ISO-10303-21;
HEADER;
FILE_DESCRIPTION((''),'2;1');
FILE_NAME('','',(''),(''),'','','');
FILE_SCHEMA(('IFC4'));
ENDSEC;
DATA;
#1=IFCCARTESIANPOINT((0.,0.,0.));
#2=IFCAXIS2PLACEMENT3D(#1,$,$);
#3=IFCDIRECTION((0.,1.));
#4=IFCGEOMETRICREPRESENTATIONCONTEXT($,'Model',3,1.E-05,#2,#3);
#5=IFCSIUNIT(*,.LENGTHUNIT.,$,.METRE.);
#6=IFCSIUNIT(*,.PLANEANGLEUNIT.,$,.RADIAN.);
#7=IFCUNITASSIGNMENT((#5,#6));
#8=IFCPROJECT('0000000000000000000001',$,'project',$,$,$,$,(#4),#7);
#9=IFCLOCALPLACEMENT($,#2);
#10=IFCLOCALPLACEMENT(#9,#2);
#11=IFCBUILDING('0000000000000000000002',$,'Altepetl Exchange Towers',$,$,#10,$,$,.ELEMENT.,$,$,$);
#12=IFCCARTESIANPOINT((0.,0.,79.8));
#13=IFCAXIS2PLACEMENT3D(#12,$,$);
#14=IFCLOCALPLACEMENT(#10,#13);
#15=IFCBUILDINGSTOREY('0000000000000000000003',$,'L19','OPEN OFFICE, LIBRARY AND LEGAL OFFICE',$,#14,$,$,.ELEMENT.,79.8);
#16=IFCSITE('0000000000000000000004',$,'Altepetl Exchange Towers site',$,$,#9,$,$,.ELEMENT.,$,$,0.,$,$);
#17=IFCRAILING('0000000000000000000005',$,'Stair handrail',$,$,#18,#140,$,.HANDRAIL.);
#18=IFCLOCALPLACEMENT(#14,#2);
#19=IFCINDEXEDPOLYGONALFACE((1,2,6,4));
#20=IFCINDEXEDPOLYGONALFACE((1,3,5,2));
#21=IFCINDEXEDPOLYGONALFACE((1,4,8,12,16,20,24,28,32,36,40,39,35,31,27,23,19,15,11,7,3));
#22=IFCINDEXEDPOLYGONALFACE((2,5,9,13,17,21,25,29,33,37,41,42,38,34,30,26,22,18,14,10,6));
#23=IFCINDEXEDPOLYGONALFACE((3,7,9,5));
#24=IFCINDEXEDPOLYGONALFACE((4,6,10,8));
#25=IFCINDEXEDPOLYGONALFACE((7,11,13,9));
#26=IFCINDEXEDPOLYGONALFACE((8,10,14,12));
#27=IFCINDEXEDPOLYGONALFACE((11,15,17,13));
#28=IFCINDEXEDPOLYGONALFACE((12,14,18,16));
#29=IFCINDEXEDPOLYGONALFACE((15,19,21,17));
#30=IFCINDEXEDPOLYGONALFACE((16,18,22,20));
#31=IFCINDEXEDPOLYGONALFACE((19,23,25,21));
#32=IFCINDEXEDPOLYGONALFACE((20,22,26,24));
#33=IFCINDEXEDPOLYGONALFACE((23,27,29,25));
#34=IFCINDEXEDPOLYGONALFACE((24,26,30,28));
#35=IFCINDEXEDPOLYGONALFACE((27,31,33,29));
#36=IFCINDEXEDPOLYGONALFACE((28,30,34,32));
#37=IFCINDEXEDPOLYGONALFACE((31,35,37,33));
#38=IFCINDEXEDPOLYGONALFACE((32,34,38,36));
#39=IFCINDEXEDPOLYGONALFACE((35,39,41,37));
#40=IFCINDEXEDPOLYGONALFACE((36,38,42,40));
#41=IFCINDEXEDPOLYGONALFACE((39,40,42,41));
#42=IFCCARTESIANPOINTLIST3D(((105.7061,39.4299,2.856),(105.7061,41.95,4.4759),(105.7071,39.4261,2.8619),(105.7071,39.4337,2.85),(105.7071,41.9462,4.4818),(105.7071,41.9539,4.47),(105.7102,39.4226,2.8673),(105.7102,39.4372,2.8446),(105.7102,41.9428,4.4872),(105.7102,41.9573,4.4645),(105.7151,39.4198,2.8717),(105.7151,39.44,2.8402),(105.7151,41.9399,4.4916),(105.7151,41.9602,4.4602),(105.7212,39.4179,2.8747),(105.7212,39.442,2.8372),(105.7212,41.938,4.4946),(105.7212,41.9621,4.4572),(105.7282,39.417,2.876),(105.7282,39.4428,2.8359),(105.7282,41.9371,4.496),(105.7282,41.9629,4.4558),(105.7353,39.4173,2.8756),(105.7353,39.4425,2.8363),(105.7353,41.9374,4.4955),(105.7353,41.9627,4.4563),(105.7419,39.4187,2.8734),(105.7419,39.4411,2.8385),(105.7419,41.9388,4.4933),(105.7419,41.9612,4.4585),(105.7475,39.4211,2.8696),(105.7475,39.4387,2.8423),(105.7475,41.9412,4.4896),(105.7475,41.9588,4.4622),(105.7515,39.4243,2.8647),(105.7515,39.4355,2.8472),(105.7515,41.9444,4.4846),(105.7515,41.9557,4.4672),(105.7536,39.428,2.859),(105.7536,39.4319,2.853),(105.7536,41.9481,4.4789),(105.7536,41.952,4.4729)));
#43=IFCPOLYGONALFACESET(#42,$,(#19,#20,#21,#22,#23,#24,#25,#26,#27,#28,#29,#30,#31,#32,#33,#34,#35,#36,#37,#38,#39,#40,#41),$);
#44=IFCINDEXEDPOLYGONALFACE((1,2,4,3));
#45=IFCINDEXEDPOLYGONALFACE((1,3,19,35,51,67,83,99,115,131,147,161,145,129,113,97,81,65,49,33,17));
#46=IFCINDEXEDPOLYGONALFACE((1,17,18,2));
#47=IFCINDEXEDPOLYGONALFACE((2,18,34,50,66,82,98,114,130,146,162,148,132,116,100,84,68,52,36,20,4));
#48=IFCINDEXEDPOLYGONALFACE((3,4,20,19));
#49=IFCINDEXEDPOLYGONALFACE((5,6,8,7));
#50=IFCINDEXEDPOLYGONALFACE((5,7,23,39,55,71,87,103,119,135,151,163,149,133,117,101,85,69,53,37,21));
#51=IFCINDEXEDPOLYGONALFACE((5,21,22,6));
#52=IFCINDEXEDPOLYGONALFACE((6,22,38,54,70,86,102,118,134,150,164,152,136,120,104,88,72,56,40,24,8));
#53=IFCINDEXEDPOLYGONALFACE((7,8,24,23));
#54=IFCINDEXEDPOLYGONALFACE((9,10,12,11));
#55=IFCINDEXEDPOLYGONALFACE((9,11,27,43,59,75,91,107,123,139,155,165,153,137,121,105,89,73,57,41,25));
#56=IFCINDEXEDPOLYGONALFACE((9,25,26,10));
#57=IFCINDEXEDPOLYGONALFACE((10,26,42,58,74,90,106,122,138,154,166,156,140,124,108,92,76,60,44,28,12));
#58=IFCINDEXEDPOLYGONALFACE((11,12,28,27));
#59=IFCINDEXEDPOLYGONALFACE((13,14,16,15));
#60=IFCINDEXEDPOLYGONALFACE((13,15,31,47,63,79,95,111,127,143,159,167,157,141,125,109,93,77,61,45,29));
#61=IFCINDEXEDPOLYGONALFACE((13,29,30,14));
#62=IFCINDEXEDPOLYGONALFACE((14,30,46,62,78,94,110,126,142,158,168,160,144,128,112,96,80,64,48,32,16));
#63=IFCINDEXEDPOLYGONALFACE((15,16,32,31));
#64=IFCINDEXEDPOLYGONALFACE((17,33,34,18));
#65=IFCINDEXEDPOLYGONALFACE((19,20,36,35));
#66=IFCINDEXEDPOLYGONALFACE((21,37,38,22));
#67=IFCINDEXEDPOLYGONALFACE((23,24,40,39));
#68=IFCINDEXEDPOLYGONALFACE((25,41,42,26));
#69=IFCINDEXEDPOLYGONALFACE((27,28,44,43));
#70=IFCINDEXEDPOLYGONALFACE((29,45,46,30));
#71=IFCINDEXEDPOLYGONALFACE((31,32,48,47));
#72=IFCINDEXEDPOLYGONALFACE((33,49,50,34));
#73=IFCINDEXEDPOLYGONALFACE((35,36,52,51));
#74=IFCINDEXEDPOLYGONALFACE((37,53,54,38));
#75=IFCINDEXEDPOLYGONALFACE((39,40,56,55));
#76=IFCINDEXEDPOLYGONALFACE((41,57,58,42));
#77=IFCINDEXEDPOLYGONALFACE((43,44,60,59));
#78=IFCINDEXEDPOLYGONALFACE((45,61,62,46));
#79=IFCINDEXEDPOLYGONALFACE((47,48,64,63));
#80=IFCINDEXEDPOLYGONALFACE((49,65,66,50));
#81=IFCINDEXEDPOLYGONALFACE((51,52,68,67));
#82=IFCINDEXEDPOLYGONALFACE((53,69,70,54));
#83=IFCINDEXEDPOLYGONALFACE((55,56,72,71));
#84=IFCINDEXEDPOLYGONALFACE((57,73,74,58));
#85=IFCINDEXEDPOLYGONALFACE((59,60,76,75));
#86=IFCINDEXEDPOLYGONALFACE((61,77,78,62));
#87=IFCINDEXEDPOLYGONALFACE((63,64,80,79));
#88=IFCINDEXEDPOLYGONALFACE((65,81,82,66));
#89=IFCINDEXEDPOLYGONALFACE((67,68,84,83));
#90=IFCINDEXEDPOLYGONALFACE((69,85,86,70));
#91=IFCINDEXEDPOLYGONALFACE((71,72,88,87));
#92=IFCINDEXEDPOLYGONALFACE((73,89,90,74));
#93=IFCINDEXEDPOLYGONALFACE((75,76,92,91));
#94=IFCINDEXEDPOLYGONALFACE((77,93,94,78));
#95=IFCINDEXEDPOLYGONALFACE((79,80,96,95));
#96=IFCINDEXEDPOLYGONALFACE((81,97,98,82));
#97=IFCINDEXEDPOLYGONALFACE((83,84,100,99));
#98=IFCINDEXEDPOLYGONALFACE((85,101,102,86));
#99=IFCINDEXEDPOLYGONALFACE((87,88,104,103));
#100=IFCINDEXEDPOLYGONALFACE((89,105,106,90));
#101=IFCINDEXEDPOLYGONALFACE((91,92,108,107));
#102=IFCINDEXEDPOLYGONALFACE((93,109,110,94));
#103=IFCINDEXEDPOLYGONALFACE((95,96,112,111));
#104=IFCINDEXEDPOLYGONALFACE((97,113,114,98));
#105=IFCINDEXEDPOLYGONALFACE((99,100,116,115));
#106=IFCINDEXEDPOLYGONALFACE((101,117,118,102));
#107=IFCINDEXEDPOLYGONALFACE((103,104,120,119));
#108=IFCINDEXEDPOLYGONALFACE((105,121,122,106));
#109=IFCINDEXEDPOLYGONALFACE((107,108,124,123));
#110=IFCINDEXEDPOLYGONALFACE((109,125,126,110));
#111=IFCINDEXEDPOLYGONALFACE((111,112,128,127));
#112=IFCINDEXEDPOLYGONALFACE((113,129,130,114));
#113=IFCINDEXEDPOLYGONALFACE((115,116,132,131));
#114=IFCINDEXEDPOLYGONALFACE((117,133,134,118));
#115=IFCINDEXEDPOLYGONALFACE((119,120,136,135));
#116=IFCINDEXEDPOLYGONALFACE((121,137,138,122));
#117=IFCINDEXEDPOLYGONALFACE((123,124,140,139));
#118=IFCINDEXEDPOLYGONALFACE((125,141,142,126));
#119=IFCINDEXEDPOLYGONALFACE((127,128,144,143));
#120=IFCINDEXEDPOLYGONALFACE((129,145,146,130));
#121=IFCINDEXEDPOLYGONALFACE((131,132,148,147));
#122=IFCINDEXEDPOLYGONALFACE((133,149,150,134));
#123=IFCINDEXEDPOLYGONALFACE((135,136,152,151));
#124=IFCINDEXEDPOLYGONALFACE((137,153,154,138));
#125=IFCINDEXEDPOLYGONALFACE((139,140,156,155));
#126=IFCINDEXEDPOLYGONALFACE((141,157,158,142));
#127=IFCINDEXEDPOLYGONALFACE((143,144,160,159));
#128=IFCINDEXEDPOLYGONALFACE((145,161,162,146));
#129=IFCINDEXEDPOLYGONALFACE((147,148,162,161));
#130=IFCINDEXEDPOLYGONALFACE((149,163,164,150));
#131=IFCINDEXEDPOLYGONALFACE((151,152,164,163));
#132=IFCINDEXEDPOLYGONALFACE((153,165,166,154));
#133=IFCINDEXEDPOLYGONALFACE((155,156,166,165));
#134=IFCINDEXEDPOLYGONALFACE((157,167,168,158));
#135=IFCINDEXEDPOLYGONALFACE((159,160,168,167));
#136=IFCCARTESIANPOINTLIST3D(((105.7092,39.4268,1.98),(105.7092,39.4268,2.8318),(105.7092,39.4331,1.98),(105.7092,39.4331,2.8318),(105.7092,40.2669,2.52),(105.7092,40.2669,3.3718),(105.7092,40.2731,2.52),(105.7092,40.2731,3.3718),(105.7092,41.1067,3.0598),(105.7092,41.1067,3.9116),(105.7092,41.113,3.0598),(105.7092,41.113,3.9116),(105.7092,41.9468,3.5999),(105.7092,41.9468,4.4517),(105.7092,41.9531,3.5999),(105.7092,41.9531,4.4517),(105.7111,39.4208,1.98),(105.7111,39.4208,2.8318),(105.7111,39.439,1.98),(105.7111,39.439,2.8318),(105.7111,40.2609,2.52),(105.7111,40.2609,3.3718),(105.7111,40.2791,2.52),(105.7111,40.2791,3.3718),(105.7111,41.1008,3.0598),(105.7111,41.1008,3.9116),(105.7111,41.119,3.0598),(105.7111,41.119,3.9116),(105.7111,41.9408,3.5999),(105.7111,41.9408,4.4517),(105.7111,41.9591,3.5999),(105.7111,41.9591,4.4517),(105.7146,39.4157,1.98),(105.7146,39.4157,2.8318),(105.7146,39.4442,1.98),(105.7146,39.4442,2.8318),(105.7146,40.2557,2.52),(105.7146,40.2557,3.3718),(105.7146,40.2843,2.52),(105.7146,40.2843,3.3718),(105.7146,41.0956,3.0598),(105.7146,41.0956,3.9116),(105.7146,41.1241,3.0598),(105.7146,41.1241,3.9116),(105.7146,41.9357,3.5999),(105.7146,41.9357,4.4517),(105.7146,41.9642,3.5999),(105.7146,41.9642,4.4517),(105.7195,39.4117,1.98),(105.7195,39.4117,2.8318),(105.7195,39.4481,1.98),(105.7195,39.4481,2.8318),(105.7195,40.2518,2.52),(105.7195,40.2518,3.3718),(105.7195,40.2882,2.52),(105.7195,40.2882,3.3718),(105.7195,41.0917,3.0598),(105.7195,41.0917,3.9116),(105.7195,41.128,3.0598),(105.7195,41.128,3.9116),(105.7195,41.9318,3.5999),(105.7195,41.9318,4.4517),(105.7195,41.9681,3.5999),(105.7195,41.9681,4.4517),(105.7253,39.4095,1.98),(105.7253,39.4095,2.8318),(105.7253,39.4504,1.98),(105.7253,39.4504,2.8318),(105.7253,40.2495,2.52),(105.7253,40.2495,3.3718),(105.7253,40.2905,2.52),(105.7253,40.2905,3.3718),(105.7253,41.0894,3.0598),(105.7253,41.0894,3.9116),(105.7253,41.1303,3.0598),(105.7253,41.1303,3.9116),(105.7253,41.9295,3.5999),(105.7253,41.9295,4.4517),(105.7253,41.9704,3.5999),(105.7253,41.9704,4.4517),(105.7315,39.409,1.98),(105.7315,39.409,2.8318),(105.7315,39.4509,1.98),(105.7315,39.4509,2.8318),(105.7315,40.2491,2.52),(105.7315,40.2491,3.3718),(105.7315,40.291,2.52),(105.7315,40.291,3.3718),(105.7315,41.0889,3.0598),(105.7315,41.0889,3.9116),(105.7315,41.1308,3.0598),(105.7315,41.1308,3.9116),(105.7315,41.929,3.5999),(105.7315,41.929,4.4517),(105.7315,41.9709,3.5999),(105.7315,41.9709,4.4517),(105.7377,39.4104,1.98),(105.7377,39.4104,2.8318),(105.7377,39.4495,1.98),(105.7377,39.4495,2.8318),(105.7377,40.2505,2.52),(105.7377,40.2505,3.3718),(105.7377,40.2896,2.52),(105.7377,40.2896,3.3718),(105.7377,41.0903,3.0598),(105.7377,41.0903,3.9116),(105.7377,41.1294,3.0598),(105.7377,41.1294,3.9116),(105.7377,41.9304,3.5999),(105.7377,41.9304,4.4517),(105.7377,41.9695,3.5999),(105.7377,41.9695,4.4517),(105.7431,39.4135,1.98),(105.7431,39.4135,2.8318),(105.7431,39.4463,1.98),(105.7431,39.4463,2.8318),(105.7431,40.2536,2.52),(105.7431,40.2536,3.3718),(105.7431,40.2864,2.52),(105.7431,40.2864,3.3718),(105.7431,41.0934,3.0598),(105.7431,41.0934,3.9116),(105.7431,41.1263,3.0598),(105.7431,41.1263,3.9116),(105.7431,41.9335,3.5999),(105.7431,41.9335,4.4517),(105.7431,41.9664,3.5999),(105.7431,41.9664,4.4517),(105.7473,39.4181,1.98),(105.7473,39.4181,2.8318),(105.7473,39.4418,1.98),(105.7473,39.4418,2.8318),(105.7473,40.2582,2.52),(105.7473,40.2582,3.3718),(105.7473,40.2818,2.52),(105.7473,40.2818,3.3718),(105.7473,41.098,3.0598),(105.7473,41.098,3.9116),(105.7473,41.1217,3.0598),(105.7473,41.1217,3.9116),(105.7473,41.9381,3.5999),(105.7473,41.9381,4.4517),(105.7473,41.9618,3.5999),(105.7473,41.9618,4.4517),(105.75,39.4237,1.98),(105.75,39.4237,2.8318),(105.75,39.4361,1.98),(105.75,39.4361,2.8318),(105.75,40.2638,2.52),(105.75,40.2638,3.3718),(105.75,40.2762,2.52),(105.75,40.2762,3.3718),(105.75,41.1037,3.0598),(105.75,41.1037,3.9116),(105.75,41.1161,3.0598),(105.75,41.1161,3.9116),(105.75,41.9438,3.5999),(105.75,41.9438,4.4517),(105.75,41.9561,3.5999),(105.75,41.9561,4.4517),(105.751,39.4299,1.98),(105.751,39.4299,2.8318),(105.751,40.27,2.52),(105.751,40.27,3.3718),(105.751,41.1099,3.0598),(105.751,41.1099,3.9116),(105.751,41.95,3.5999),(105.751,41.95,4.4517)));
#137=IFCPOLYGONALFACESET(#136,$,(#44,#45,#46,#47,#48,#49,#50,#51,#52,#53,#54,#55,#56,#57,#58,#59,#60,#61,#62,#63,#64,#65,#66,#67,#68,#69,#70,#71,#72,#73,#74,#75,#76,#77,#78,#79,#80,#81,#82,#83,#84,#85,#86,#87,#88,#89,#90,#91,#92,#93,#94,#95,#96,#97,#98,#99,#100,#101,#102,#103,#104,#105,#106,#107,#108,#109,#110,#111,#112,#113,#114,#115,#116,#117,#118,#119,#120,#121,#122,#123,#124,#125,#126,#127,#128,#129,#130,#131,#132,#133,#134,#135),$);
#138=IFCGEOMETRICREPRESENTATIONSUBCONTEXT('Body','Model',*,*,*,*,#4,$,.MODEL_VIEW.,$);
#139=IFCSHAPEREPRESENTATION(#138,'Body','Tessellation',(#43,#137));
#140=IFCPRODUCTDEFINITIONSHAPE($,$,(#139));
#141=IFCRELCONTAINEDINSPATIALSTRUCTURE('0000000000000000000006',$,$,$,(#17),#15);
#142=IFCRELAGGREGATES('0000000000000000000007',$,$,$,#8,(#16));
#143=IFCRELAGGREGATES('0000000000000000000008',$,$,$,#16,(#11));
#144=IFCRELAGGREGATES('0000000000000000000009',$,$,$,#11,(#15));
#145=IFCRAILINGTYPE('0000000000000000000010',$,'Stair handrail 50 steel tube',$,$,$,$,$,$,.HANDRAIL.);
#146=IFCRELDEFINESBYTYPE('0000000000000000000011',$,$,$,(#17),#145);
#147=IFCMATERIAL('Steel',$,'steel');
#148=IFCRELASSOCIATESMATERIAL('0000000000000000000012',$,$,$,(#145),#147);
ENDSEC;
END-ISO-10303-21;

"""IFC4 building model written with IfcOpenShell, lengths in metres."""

from ifc_helpers import new_model, si_unit, direction, frame, origin, origin_2d, place, context, subcontext, project, spatial, circle, extrude, source, transform, mapped, material, type_object, element, save


model = new_model("IFC4")

# Units and contexts
model_context = context("Model", 3, precision=1e-05, world=origin(), true_north=direction((0.0, 1.0)))
body_context = subcontext(model_context, "Body", "Model", "MODEL_VIEW")
ifc_project = project(units=[si_unit("LENGTHUNIT", "METRE"), si_unit("PLANEANGLEUNIT", "RADIAN")], contexts=[model_context])

# Site, building, storey
site_placement = place(None, origin())
site = spatial("IfcSite", under=ifc_project, at=site_placement, Name="Altepetl Exchange Towers site", CompositionType="ELEMENT", RefElevation=0.0)
building_placement = place(site_placement, origin())
building = spatial("IfcBuilding", under=site, at=building_placement, Name="Altepetl Exchange Towers", CompositionType="ELEMENT")
storey_placement = place(building_placement, frame((0.0, 0.0, 79.8)))
storey = spatial("IfcBuildingStorey", under=building, at=storey_placement, Name="L19", Description="OPEN OFFICE, LIBRARY AND LEGAL OFFICE", CompositionType="ELEMENT", Elevation=79.8)

# Railing
ifc_material_1 = material(Name="Steel", Category="steel")
railing_type = type_object("IfcRailingType", Name="Stair handrail 50 steel tube", PredefinedType="HANDRAIL", material=ifc_material_1)
shared_shape = source(origin(), body_context, "Body", "SweptSolid", [
    extrude(circle(Radius=0.021, at=origin_2d()), origin(), (0.0, 0.0, 1.0), 0.8518),
])
railing_placement = place(storey_placement, frame((105.73, 39.4299, 1.98)))
element("IfcRailing", 1, at=railing_placement, inside=storey, type_object=railing_type, Name="Stair handrail", PredefinedType="HANDRAIL", context=body_context, shape_type="SweptSolid", body=[
    extrude(circle(Radius=0.0239, at=origin_2d()), frame((0.0, 0.0, 0.876), z_axis=(0.0, 0.8412, 0.540725), x_axis=(-1.0, 0.0, 0.0)), (0.0, 0.0, 1.0), 2.9958),
    mapped(shared_shape, transform((0.0, 0.0, 0.0))),
    mapped(shared_shape, transform((0.0, 0.8401, 0.54))),
    mapped(shared_shape, transform((0.0, 1.6799, 1.0798))),
    mapped(shared_shape, transform((0.0, 2.52, 1.6199))),
])

save(model, "model.ifc")
